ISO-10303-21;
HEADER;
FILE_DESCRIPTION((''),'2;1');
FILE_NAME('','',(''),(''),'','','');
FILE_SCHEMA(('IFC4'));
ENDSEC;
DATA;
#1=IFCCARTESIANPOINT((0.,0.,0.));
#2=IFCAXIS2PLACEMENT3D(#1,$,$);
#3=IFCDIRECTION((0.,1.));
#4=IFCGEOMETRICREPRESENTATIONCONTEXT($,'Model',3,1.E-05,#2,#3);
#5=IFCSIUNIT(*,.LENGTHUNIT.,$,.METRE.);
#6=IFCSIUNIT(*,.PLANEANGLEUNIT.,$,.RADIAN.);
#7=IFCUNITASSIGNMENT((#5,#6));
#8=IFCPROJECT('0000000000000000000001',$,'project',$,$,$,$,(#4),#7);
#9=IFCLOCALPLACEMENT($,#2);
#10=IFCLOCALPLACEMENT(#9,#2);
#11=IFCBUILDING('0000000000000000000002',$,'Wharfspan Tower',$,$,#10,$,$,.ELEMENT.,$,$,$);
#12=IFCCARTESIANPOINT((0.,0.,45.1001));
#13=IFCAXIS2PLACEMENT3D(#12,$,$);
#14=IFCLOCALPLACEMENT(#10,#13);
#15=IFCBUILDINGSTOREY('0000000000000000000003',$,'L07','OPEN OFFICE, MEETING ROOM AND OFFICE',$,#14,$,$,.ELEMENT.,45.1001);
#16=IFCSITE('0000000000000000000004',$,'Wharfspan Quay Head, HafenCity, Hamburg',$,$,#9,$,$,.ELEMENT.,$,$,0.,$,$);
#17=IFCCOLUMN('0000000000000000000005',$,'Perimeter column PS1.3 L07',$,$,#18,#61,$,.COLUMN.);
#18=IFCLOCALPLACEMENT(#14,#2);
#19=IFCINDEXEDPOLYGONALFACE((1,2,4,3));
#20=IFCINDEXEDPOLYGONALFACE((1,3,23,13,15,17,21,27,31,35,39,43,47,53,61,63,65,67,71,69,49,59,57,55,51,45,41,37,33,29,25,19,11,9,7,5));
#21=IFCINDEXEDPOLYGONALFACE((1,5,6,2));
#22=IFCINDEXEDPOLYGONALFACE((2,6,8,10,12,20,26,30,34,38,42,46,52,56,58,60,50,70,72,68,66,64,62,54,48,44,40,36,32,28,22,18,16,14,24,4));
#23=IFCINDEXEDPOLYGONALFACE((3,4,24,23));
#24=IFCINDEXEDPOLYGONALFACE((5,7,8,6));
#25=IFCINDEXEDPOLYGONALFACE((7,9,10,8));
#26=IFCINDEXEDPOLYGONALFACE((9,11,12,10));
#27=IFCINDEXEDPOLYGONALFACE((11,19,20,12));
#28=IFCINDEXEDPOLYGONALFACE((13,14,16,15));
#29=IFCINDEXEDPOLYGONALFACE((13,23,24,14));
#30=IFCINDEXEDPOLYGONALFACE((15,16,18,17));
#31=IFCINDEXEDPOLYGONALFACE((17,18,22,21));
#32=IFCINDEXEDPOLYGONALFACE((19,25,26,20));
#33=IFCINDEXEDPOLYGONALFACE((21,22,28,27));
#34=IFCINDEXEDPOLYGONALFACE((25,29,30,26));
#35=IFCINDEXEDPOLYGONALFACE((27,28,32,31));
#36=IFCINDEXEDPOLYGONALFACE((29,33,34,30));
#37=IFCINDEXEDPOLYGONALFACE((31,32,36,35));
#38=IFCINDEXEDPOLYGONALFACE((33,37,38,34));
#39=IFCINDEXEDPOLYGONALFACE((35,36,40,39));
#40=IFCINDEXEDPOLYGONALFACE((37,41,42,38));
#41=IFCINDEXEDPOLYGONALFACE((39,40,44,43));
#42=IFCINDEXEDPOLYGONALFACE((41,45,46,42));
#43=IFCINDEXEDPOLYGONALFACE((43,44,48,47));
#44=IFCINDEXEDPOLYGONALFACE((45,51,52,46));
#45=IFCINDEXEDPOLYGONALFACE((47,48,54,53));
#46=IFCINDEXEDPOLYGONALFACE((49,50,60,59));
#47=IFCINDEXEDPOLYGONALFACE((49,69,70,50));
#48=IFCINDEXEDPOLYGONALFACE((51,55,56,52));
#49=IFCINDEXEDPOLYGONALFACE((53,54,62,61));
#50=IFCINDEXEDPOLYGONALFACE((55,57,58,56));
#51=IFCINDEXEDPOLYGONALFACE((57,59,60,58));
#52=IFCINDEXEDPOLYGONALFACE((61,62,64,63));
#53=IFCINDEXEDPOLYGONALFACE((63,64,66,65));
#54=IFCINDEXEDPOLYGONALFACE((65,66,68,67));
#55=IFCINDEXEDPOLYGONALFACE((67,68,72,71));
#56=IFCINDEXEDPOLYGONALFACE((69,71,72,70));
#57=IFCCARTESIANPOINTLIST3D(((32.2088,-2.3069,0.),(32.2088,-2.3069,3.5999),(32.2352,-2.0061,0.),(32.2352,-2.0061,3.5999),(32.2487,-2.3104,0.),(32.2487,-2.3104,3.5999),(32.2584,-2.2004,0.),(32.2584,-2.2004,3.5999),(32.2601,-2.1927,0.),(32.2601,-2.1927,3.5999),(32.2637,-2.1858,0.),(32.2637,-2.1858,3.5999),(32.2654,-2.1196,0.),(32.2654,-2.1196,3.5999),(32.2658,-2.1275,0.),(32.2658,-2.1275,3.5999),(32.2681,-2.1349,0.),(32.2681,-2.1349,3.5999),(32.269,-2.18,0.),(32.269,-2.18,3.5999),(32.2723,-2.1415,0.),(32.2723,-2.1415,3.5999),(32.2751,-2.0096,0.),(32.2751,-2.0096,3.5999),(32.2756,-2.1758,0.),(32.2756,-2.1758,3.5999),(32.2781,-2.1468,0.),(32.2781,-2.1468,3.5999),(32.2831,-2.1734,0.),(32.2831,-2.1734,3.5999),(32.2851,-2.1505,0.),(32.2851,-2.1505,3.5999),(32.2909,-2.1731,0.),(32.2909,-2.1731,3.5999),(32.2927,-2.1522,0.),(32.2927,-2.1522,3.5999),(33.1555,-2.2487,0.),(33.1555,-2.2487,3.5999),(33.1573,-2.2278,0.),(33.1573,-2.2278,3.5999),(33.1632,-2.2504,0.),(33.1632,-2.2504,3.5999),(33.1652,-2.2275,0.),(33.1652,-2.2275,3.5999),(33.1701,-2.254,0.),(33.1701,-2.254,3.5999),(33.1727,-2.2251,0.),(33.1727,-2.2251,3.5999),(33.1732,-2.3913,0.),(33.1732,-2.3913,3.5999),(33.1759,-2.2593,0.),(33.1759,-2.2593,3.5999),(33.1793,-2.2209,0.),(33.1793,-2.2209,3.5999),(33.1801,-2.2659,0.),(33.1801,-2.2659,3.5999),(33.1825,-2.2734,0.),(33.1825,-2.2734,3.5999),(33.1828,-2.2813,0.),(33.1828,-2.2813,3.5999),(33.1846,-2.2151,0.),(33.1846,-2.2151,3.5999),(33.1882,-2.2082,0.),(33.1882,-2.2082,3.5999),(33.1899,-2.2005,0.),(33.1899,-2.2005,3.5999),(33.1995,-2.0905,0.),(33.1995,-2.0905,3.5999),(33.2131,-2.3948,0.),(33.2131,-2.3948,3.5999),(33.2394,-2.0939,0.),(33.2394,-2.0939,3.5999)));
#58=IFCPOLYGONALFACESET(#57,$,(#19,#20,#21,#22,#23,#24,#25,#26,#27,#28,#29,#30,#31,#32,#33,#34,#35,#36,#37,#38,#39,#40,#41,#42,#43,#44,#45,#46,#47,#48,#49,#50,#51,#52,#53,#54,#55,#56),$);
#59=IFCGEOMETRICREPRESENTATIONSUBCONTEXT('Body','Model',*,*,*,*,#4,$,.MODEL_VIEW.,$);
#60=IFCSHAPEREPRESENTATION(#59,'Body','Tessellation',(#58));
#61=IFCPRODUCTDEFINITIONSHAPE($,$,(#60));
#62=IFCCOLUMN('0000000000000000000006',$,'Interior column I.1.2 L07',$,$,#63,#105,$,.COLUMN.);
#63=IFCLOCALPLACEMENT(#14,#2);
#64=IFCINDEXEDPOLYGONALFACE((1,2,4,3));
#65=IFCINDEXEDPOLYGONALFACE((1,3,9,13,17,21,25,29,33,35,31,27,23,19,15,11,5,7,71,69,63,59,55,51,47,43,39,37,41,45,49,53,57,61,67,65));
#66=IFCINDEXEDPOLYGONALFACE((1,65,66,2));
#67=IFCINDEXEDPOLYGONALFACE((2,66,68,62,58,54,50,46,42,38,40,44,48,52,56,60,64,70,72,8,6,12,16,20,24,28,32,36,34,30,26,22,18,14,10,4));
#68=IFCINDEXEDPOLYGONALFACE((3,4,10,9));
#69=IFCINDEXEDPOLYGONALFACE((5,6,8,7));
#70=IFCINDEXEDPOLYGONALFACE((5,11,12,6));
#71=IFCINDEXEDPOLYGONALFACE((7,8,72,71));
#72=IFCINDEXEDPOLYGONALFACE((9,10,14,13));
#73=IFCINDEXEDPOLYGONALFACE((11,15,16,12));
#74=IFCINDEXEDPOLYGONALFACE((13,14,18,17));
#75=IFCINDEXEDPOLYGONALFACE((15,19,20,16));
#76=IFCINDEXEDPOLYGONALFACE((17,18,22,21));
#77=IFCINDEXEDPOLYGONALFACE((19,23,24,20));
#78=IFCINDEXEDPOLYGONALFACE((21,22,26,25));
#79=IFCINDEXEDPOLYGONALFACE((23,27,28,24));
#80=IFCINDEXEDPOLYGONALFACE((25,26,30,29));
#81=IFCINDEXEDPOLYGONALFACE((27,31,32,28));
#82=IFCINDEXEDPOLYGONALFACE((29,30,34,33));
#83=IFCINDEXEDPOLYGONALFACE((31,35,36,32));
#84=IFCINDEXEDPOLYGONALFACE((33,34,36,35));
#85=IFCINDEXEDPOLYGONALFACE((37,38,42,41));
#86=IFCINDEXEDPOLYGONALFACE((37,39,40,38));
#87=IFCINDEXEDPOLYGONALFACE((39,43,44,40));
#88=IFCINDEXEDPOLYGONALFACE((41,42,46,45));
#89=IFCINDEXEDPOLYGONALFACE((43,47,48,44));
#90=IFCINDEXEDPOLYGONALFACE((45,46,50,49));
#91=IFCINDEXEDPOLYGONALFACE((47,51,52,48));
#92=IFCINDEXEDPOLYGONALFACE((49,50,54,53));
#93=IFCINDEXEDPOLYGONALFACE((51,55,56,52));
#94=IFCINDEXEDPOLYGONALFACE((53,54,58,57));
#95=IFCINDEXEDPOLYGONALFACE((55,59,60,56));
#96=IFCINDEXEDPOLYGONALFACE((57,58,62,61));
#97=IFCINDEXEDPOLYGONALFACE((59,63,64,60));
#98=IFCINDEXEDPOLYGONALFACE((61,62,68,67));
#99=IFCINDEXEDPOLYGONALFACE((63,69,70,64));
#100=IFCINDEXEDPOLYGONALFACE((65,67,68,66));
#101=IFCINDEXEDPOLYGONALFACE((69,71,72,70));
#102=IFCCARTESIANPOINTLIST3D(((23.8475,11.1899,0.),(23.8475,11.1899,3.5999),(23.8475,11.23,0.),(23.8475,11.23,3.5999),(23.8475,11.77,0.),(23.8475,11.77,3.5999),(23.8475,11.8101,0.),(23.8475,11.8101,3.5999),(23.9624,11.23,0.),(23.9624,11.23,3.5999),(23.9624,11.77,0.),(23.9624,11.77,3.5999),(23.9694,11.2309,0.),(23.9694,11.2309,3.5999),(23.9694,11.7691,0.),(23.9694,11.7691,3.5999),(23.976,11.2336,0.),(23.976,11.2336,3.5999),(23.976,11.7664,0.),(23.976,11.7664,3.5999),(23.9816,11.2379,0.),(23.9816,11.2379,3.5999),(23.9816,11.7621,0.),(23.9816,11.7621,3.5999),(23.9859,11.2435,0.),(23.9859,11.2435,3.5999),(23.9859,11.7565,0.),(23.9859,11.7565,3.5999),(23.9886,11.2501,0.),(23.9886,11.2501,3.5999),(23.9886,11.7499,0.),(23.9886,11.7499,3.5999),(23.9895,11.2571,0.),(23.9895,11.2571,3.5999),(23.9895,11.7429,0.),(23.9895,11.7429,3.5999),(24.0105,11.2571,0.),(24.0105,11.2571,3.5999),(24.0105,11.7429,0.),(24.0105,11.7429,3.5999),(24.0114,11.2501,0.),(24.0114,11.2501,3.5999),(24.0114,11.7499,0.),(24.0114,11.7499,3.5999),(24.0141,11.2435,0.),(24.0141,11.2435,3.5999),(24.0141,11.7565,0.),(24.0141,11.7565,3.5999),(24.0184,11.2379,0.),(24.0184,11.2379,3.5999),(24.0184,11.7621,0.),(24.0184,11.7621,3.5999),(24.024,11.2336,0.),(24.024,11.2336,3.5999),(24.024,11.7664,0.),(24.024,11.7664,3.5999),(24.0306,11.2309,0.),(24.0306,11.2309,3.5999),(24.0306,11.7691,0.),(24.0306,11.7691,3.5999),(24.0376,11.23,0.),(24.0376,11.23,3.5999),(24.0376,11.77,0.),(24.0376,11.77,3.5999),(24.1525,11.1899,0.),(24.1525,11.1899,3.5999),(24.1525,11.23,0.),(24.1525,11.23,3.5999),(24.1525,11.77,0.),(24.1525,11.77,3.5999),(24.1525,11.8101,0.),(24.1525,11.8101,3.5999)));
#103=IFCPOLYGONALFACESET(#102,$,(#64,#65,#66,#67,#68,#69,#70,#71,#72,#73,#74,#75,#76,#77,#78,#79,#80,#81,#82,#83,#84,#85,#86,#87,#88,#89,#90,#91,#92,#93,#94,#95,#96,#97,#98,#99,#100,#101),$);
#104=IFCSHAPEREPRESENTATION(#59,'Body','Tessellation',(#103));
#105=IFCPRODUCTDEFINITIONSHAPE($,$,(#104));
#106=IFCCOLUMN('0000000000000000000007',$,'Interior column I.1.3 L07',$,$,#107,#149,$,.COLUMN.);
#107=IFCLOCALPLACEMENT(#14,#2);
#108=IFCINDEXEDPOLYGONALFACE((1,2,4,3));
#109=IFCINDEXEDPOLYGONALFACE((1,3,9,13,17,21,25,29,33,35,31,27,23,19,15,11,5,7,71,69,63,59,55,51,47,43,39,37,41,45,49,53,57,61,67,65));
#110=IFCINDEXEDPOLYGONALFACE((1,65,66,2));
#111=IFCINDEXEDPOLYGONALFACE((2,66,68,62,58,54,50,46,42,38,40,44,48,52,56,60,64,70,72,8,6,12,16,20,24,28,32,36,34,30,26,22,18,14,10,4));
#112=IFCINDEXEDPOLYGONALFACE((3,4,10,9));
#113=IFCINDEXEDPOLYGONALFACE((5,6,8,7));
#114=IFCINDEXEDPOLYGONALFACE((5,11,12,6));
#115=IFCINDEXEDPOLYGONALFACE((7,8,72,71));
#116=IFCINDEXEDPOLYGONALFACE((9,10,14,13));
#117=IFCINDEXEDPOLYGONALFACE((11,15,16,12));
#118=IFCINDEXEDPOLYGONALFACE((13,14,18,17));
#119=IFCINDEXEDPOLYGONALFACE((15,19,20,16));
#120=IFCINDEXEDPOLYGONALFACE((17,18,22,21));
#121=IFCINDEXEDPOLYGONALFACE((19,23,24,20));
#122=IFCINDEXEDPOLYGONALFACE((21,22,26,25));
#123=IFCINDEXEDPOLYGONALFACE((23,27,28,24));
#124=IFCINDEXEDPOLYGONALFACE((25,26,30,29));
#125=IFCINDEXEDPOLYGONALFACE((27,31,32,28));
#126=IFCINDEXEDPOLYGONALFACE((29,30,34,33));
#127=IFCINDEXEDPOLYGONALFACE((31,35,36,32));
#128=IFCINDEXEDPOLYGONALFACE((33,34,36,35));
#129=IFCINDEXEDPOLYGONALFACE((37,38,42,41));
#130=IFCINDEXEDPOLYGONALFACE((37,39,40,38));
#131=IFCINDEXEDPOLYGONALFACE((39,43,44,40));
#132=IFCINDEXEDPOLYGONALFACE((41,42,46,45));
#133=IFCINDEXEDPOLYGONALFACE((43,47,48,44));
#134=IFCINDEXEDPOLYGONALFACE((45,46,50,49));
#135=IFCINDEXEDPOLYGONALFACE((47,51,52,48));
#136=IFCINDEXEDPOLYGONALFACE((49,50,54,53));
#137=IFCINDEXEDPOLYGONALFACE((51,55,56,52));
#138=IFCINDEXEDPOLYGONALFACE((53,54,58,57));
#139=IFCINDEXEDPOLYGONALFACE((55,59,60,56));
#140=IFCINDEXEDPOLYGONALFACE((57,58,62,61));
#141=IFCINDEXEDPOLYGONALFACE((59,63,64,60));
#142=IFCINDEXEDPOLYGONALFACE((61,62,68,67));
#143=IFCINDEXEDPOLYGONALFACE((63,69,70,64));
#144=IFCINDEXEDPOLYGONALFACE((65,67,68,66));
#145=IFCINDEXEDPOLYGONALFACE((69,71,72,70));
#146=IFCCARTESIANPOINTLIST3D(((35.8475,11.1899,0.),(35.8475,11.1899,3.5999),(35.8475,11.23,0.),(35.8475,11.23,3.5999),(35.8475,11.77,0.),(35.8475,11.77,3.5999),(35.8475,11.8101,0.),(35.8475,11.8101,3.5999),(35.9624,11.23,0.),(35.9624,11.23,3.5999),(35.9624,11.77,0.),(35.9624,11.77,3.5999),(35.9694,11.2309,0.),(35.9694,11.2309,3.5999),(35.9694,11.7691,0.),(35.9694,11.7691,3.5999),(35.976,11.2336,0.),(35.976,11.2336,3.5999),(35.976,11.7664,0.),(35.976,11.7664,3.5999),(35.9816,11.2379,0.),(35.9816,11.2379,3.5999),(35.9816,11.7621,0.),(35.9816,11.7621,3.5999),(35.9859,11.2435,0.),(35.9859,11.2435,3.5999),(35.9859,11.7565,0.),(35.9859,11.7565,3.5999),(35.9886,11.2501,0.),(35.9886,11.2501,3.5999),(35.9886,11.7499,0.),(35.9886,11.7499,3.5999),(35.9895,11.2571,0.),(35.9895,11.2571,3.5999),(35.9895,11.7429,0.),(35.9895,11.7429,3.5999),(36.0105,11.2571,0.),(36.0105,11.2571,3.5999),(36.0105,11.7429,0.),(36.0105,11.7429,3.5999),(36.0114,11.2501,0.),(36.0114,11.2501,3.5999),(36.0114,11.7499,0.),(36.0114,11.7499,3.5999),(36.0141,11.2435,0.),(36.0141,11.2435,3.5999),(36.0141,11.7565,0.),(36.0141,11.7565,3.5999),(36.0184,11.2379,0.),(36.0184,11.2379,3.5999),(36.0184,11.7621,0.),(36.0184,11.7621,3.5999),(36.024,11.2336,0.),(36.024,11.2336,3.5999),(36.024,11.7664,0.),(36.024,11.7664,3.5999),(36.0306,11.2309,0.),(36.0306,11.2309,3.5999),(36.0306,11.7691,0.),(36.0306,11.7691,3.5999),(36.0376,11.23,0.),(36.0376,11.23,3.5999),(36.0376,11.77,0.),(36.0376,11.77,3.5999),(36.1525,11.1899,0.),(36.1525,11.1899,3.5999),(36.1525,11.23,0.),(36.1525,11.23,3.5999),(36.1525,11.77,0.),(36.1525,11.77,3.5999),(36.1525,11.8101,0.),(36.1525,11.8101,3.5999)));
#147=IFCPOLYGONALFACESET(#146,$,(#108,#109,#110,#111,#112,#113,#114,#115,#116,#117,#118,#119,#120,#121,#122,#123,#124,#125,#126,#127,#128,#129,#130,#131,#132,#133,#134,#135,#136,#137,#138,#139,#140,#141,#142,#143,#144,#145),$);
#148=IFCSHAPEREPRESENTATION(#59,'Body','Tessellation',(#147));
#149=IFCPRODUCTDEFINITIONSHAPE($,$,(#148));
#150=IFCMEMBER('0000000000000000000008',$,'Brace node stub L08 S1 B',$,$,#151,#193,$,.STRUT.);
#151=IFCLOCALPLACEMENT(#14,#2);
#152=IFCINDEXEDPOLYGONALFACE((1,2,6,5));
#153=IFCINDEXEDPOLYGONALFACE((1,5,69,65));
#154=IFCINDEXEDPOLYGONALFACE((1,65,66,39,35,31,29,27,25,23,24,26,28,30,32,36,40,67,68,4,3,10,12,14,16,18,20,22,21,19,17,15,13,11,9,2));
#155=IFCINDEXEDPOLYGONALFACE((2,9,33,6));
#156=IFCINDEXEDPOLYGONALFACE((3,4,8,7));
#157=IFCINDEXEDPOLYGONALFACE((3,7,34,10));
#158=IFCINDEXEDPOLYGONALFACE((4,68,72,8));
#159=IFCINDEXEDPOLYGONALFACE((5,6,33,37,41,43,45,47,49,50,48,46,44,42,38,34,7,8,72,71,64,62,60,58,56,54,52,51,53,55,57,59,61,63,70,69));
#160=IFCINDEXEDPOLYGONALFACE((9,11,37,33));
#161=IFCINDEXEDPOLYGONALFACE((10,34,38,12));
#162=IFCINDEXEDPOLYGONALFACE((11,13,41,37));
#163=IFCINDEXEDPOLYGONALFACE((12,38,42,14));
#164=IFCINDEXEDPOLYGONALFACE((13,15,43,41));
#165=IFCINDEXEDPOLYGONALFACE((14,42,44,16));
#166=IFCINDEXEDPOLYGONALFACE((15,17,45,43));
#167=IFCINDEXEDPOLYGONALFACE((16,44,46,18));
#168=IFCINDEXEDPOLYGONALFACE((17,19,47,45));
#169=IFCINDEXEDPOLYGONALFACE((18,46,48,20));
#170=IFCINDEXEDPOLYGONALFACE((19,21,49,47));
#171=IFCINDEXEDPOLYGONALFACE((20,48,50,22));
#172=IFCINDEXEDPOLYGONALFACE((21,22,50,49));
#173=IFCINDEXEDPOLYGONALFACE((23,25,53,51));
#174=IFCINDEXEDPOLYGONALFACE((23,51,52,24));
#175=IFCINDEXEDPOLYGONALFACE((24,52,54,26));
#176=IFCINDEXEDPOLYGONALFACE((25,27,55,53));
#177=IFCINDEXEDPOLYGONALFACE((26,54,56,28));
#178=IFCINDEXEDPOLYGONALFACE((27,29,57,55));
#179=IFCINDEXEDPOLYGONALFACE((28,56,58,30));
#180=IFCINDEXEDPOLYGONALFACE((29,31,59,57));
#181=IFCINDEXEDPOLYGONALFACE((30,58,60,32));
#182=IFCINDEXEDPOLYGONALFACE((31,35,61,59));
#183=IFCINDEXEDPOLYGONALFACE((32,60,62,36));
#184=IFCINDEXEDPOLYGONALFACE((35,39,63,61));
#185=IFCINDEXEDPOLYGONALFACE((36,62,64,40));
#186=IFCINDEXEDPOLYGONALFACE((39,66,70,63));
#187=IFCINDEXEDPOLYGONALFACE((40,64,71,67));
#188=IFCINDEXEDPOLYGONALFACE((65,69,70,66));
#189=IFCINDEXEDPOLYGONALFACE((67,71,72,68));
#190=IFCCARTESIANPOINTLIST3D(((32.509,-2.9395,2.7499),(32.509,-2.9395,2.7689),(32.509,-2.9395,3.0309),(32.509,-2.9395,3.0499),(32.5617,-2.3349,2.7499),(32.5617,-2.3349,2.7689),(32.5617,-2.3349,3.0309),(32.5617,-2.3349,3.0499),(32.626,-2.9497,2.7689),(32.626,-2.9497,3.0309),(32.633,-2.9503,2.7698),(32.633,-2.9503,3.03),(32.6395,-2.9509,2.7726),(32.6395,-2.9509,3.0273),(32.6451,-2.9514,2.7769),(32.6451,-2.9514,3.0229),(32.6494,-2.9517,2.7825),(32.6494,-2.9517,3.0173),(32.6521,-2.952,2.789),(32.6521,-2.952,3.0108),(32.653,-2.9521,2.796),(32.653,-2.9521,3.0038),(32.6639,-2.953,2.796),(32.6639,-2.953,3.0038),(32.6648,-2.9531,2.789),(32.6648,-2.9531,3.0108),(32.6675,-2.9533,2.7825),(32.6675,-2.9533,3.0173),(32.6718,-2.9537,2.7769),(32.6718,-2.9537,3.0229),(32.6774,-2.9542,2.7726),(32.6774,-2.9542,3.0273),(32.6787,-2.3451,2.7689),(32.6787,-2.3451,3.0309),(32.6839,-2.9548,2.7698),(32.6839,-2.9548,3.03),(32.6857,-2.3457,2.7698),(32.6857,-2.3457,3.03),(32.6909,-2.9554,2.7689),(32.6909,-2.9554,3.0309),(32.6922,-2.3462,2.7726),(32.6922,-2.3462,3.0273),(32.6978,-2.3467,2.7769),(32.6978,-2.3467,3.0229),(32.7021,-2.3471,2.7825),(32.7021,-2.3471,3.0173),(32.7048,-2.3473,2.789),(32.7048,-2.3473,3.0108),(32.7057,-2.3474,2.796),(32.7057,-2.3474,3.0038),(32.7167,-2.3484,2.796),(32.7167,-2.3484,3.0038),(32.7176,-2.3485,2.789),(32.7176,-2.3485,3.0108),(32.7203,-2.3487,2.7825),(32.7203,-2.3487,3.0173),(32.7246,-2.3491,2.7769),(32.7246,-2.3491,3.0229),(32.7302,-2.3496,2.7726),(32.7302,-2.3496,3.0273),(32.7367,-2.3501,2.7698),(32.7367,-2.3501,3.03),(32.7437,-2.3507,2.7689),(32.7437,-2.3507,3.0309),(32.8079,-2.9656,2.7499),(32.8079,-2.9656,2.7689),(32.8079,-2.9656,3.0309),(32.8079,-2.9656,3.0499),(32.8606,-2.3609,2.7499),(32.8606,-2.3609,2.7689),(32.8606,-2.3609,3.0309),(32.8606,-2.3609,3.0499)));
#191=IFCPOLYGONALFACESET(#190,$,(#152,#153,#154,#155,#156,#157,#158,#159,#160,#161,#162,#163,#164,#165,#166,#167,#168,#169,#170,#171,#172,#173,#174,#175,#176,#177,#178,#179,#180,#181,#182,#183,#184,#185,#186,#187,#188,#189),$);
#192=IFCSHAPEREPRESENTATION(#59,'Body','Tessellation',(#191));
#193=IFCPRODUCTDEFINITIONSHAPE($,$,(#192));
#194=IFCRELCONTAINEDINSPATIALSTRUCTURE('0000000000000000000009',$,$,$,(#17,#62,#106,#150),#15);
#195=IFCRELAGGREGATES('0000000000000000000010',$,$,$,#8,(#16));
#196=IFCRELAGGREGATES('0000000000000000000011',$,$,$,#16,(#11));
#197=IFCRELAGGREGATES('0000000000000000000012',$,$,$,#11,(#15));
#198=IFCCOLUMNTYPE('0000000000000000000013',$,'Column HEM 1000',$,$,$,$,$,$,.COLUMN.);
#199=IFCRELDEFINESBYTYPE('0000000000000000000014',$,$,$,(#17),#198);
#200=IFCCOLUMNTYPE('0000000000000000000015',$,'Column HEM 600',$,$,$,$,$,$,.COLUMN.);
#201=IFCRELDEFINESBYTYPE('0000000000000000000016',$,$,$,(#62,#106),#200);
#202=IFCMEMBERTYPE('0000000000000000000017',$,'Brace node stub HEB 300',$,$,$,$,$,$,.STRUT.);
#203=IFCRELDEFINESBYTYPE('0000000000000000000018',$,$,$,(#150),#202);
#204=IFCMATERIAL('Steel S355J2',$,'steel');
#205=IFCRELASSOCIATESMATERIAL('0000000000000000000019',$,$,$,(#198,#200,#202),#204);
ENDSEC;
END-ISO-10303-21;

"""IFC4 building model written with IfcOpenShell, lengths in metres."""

from ifc_helpers import new_model, si_unit, direction, frame, origin, origin_2d, place, context, subcontext, project, spatial, i_section, extrude, material, material_profile, profile_set, type_object, element, save


model = new_model("IFC4")

# Units and contexts
model_context = context("Model", 3, precision=1e-05, world=origin(), true_north=direction((0.0, 1.0)))
body_context = subcontext(model_context, "Body", "Model", "MODEL_VIEW")
ifc_project = project(units=[si_unit("LENGTHUNIT", "METRE"), si_unit("PLANEANGLEUNIT", "RADIAN")], contexts=[model_context])

# Site, building, storey
site_placement = place(None, origin())
site = spatial("IfcSite", under=ifc_project, at=site_placement, Name="Wharfspan Quay Head, HafenCity, Hamburg", CompositionType="ELEMENT", RefElevation=0.0)
building_placement = place(site_placement, origin())
building = spatial("IfcBuilding", under=site, at=building_placement, Name="Wharfspan Tower", CompositionType="ELEMENT")
storey_placement = place(building_placement, frame((0.0, 0.0, 45.1001)))
storey = spatial("IfcBuildingStorey", under=building, at=storey_placement, Name="L07", Description="OPEN OFFICE, MEETING ROOM AND OFFICE", CompositionType="ELEMENT", Elevation=45.1001)

# Columns
ifc_material_1 = material(Name="Steel S355J2", Category="steel")
ifc_material_profile_1 = material_profile(ifc_material_1, i_section(OverallWidth=0.302, OverallDepth=1.0081, WebThickness=0.021, FlangeThickness=0.04, FilletRadius=0.03, at=origin_2d()))
ifc_profile_set_1 = profile_set([ifc_material_profile_1], Name="Steel S355J2")
column_type_1 = type_object("IfcColumnType", Name="Column HEM 1000", PredefinedType="COLUMN", material=ifc_profile_set_1)
column_placement = place(storey_placement, frame((32.7241, -2.2004, 0.0), z_axis=(0.0, 0.0, 1.0), x_axis=(-0.087156, -0.996198, 0.0)))
element("IfcColumn", 1, at=column_placement, inside=storey, type_object=column_type_1, Name="Perimeter column PS1.3 L07", PredefinedType="COLUMN", context=body_context, shape_type="SweptSolid", body=[
    extrude(i_section(OverallWidth=0.302, OverallDepth=1.0081, WebThickness=0.021, FlangeThickness=0.04, FilletRadius=0.03, at=origin_2d()), origin(), (0.0, 0.0, 1.0), 3.5999),
])
ifc_material_profile_2 = material_profile(ifc_material_1, i_section(OverallWidth=0.3049, OverallDepth=0.6201, WebThickness=0.021, FlangeThickness=0.04, FilletRadius=0.0271, at=origin_2d()))
ifc_profile_set_2 = profile_set([ifc_material_profile_2], Name="Steel S355J2")
column_type_2 = type_object("IfcColumnType", Name="Column HEM 600", PredefinedType="COLUMN", material=ifc_profile_set_2)
for number, where, z_axis, x_axis, name in (
    (2, (24.0, 11.5, 0.0), (0.0, 0.0, 1.0), (1.0, 0.0, 0.0), "Interior column I.1.2 L07"),
    (3, (36.0, 11.5, 0.0), (0.0, 0.0, 1.0), (1.0, 0.0, 0.0), "Interior column I.1.3 L07"),
):
    element("IfcColumn", number, at=place(storey_placement, frame(where, z_axis=z_axis, x_axis=x_axis)), inside=storey, type_object=column_type_2, Name=name, PredefinedType="COLUMN", context=body_context, shape_type="SweptSolid", body=[
        extrude(i_section(OverallWidth=0.3049, OverallDepth=0.6201, WebThickness=0.021, FlangeThickness=0.04, FilletRadius=0.0271, at=origin_2d()), origin(), (0.0, 0.0, 1.0), 3.5999),
    ])

# Member
ifc_material_profile_3 = material_profile(ifc_material_1, i_section(OverallWidth=0.3, OverallDepth=0.3, WebThickness=0.011, FlangeThickness=0.019, FilletRadius=0.0271, at=origin_2d()))
ifc_profile_set_3 = profile_set([ifc_material_profile_3], Name="Steel S355J2")
member_type_1 = type_object("IfcMemberType", Name="Brace node stub HEB 300", PredefinedType="STRUT", material=ifc_profile_set_3)
member_1_placement = place(storey_placement, frame((32.7112, -2.3479, 2.8999), z_axis=(-0.086873, -0.996219, 0.0), x_axis=(0.996219, -0.086873, 0.0)))
element("IfcMember", 4, at=member_1_placement, inside=storey, type_object=member_type_1, Name="Brace node stub L08 S1 B", PredefinedType="STRUT", context=body_context, shape_type="SweptSolid", body=[
    extrude(i_section(OverallWidth=0.3, OverallDepth=0.3, WebThickness=0.011, FlangeThickness=0.019, FilletRadius=0.0271, at=origin_2d()), origin(), (0.0, 0.0, 1.0), 0.6069),
])

save(model, "model.ifc")
